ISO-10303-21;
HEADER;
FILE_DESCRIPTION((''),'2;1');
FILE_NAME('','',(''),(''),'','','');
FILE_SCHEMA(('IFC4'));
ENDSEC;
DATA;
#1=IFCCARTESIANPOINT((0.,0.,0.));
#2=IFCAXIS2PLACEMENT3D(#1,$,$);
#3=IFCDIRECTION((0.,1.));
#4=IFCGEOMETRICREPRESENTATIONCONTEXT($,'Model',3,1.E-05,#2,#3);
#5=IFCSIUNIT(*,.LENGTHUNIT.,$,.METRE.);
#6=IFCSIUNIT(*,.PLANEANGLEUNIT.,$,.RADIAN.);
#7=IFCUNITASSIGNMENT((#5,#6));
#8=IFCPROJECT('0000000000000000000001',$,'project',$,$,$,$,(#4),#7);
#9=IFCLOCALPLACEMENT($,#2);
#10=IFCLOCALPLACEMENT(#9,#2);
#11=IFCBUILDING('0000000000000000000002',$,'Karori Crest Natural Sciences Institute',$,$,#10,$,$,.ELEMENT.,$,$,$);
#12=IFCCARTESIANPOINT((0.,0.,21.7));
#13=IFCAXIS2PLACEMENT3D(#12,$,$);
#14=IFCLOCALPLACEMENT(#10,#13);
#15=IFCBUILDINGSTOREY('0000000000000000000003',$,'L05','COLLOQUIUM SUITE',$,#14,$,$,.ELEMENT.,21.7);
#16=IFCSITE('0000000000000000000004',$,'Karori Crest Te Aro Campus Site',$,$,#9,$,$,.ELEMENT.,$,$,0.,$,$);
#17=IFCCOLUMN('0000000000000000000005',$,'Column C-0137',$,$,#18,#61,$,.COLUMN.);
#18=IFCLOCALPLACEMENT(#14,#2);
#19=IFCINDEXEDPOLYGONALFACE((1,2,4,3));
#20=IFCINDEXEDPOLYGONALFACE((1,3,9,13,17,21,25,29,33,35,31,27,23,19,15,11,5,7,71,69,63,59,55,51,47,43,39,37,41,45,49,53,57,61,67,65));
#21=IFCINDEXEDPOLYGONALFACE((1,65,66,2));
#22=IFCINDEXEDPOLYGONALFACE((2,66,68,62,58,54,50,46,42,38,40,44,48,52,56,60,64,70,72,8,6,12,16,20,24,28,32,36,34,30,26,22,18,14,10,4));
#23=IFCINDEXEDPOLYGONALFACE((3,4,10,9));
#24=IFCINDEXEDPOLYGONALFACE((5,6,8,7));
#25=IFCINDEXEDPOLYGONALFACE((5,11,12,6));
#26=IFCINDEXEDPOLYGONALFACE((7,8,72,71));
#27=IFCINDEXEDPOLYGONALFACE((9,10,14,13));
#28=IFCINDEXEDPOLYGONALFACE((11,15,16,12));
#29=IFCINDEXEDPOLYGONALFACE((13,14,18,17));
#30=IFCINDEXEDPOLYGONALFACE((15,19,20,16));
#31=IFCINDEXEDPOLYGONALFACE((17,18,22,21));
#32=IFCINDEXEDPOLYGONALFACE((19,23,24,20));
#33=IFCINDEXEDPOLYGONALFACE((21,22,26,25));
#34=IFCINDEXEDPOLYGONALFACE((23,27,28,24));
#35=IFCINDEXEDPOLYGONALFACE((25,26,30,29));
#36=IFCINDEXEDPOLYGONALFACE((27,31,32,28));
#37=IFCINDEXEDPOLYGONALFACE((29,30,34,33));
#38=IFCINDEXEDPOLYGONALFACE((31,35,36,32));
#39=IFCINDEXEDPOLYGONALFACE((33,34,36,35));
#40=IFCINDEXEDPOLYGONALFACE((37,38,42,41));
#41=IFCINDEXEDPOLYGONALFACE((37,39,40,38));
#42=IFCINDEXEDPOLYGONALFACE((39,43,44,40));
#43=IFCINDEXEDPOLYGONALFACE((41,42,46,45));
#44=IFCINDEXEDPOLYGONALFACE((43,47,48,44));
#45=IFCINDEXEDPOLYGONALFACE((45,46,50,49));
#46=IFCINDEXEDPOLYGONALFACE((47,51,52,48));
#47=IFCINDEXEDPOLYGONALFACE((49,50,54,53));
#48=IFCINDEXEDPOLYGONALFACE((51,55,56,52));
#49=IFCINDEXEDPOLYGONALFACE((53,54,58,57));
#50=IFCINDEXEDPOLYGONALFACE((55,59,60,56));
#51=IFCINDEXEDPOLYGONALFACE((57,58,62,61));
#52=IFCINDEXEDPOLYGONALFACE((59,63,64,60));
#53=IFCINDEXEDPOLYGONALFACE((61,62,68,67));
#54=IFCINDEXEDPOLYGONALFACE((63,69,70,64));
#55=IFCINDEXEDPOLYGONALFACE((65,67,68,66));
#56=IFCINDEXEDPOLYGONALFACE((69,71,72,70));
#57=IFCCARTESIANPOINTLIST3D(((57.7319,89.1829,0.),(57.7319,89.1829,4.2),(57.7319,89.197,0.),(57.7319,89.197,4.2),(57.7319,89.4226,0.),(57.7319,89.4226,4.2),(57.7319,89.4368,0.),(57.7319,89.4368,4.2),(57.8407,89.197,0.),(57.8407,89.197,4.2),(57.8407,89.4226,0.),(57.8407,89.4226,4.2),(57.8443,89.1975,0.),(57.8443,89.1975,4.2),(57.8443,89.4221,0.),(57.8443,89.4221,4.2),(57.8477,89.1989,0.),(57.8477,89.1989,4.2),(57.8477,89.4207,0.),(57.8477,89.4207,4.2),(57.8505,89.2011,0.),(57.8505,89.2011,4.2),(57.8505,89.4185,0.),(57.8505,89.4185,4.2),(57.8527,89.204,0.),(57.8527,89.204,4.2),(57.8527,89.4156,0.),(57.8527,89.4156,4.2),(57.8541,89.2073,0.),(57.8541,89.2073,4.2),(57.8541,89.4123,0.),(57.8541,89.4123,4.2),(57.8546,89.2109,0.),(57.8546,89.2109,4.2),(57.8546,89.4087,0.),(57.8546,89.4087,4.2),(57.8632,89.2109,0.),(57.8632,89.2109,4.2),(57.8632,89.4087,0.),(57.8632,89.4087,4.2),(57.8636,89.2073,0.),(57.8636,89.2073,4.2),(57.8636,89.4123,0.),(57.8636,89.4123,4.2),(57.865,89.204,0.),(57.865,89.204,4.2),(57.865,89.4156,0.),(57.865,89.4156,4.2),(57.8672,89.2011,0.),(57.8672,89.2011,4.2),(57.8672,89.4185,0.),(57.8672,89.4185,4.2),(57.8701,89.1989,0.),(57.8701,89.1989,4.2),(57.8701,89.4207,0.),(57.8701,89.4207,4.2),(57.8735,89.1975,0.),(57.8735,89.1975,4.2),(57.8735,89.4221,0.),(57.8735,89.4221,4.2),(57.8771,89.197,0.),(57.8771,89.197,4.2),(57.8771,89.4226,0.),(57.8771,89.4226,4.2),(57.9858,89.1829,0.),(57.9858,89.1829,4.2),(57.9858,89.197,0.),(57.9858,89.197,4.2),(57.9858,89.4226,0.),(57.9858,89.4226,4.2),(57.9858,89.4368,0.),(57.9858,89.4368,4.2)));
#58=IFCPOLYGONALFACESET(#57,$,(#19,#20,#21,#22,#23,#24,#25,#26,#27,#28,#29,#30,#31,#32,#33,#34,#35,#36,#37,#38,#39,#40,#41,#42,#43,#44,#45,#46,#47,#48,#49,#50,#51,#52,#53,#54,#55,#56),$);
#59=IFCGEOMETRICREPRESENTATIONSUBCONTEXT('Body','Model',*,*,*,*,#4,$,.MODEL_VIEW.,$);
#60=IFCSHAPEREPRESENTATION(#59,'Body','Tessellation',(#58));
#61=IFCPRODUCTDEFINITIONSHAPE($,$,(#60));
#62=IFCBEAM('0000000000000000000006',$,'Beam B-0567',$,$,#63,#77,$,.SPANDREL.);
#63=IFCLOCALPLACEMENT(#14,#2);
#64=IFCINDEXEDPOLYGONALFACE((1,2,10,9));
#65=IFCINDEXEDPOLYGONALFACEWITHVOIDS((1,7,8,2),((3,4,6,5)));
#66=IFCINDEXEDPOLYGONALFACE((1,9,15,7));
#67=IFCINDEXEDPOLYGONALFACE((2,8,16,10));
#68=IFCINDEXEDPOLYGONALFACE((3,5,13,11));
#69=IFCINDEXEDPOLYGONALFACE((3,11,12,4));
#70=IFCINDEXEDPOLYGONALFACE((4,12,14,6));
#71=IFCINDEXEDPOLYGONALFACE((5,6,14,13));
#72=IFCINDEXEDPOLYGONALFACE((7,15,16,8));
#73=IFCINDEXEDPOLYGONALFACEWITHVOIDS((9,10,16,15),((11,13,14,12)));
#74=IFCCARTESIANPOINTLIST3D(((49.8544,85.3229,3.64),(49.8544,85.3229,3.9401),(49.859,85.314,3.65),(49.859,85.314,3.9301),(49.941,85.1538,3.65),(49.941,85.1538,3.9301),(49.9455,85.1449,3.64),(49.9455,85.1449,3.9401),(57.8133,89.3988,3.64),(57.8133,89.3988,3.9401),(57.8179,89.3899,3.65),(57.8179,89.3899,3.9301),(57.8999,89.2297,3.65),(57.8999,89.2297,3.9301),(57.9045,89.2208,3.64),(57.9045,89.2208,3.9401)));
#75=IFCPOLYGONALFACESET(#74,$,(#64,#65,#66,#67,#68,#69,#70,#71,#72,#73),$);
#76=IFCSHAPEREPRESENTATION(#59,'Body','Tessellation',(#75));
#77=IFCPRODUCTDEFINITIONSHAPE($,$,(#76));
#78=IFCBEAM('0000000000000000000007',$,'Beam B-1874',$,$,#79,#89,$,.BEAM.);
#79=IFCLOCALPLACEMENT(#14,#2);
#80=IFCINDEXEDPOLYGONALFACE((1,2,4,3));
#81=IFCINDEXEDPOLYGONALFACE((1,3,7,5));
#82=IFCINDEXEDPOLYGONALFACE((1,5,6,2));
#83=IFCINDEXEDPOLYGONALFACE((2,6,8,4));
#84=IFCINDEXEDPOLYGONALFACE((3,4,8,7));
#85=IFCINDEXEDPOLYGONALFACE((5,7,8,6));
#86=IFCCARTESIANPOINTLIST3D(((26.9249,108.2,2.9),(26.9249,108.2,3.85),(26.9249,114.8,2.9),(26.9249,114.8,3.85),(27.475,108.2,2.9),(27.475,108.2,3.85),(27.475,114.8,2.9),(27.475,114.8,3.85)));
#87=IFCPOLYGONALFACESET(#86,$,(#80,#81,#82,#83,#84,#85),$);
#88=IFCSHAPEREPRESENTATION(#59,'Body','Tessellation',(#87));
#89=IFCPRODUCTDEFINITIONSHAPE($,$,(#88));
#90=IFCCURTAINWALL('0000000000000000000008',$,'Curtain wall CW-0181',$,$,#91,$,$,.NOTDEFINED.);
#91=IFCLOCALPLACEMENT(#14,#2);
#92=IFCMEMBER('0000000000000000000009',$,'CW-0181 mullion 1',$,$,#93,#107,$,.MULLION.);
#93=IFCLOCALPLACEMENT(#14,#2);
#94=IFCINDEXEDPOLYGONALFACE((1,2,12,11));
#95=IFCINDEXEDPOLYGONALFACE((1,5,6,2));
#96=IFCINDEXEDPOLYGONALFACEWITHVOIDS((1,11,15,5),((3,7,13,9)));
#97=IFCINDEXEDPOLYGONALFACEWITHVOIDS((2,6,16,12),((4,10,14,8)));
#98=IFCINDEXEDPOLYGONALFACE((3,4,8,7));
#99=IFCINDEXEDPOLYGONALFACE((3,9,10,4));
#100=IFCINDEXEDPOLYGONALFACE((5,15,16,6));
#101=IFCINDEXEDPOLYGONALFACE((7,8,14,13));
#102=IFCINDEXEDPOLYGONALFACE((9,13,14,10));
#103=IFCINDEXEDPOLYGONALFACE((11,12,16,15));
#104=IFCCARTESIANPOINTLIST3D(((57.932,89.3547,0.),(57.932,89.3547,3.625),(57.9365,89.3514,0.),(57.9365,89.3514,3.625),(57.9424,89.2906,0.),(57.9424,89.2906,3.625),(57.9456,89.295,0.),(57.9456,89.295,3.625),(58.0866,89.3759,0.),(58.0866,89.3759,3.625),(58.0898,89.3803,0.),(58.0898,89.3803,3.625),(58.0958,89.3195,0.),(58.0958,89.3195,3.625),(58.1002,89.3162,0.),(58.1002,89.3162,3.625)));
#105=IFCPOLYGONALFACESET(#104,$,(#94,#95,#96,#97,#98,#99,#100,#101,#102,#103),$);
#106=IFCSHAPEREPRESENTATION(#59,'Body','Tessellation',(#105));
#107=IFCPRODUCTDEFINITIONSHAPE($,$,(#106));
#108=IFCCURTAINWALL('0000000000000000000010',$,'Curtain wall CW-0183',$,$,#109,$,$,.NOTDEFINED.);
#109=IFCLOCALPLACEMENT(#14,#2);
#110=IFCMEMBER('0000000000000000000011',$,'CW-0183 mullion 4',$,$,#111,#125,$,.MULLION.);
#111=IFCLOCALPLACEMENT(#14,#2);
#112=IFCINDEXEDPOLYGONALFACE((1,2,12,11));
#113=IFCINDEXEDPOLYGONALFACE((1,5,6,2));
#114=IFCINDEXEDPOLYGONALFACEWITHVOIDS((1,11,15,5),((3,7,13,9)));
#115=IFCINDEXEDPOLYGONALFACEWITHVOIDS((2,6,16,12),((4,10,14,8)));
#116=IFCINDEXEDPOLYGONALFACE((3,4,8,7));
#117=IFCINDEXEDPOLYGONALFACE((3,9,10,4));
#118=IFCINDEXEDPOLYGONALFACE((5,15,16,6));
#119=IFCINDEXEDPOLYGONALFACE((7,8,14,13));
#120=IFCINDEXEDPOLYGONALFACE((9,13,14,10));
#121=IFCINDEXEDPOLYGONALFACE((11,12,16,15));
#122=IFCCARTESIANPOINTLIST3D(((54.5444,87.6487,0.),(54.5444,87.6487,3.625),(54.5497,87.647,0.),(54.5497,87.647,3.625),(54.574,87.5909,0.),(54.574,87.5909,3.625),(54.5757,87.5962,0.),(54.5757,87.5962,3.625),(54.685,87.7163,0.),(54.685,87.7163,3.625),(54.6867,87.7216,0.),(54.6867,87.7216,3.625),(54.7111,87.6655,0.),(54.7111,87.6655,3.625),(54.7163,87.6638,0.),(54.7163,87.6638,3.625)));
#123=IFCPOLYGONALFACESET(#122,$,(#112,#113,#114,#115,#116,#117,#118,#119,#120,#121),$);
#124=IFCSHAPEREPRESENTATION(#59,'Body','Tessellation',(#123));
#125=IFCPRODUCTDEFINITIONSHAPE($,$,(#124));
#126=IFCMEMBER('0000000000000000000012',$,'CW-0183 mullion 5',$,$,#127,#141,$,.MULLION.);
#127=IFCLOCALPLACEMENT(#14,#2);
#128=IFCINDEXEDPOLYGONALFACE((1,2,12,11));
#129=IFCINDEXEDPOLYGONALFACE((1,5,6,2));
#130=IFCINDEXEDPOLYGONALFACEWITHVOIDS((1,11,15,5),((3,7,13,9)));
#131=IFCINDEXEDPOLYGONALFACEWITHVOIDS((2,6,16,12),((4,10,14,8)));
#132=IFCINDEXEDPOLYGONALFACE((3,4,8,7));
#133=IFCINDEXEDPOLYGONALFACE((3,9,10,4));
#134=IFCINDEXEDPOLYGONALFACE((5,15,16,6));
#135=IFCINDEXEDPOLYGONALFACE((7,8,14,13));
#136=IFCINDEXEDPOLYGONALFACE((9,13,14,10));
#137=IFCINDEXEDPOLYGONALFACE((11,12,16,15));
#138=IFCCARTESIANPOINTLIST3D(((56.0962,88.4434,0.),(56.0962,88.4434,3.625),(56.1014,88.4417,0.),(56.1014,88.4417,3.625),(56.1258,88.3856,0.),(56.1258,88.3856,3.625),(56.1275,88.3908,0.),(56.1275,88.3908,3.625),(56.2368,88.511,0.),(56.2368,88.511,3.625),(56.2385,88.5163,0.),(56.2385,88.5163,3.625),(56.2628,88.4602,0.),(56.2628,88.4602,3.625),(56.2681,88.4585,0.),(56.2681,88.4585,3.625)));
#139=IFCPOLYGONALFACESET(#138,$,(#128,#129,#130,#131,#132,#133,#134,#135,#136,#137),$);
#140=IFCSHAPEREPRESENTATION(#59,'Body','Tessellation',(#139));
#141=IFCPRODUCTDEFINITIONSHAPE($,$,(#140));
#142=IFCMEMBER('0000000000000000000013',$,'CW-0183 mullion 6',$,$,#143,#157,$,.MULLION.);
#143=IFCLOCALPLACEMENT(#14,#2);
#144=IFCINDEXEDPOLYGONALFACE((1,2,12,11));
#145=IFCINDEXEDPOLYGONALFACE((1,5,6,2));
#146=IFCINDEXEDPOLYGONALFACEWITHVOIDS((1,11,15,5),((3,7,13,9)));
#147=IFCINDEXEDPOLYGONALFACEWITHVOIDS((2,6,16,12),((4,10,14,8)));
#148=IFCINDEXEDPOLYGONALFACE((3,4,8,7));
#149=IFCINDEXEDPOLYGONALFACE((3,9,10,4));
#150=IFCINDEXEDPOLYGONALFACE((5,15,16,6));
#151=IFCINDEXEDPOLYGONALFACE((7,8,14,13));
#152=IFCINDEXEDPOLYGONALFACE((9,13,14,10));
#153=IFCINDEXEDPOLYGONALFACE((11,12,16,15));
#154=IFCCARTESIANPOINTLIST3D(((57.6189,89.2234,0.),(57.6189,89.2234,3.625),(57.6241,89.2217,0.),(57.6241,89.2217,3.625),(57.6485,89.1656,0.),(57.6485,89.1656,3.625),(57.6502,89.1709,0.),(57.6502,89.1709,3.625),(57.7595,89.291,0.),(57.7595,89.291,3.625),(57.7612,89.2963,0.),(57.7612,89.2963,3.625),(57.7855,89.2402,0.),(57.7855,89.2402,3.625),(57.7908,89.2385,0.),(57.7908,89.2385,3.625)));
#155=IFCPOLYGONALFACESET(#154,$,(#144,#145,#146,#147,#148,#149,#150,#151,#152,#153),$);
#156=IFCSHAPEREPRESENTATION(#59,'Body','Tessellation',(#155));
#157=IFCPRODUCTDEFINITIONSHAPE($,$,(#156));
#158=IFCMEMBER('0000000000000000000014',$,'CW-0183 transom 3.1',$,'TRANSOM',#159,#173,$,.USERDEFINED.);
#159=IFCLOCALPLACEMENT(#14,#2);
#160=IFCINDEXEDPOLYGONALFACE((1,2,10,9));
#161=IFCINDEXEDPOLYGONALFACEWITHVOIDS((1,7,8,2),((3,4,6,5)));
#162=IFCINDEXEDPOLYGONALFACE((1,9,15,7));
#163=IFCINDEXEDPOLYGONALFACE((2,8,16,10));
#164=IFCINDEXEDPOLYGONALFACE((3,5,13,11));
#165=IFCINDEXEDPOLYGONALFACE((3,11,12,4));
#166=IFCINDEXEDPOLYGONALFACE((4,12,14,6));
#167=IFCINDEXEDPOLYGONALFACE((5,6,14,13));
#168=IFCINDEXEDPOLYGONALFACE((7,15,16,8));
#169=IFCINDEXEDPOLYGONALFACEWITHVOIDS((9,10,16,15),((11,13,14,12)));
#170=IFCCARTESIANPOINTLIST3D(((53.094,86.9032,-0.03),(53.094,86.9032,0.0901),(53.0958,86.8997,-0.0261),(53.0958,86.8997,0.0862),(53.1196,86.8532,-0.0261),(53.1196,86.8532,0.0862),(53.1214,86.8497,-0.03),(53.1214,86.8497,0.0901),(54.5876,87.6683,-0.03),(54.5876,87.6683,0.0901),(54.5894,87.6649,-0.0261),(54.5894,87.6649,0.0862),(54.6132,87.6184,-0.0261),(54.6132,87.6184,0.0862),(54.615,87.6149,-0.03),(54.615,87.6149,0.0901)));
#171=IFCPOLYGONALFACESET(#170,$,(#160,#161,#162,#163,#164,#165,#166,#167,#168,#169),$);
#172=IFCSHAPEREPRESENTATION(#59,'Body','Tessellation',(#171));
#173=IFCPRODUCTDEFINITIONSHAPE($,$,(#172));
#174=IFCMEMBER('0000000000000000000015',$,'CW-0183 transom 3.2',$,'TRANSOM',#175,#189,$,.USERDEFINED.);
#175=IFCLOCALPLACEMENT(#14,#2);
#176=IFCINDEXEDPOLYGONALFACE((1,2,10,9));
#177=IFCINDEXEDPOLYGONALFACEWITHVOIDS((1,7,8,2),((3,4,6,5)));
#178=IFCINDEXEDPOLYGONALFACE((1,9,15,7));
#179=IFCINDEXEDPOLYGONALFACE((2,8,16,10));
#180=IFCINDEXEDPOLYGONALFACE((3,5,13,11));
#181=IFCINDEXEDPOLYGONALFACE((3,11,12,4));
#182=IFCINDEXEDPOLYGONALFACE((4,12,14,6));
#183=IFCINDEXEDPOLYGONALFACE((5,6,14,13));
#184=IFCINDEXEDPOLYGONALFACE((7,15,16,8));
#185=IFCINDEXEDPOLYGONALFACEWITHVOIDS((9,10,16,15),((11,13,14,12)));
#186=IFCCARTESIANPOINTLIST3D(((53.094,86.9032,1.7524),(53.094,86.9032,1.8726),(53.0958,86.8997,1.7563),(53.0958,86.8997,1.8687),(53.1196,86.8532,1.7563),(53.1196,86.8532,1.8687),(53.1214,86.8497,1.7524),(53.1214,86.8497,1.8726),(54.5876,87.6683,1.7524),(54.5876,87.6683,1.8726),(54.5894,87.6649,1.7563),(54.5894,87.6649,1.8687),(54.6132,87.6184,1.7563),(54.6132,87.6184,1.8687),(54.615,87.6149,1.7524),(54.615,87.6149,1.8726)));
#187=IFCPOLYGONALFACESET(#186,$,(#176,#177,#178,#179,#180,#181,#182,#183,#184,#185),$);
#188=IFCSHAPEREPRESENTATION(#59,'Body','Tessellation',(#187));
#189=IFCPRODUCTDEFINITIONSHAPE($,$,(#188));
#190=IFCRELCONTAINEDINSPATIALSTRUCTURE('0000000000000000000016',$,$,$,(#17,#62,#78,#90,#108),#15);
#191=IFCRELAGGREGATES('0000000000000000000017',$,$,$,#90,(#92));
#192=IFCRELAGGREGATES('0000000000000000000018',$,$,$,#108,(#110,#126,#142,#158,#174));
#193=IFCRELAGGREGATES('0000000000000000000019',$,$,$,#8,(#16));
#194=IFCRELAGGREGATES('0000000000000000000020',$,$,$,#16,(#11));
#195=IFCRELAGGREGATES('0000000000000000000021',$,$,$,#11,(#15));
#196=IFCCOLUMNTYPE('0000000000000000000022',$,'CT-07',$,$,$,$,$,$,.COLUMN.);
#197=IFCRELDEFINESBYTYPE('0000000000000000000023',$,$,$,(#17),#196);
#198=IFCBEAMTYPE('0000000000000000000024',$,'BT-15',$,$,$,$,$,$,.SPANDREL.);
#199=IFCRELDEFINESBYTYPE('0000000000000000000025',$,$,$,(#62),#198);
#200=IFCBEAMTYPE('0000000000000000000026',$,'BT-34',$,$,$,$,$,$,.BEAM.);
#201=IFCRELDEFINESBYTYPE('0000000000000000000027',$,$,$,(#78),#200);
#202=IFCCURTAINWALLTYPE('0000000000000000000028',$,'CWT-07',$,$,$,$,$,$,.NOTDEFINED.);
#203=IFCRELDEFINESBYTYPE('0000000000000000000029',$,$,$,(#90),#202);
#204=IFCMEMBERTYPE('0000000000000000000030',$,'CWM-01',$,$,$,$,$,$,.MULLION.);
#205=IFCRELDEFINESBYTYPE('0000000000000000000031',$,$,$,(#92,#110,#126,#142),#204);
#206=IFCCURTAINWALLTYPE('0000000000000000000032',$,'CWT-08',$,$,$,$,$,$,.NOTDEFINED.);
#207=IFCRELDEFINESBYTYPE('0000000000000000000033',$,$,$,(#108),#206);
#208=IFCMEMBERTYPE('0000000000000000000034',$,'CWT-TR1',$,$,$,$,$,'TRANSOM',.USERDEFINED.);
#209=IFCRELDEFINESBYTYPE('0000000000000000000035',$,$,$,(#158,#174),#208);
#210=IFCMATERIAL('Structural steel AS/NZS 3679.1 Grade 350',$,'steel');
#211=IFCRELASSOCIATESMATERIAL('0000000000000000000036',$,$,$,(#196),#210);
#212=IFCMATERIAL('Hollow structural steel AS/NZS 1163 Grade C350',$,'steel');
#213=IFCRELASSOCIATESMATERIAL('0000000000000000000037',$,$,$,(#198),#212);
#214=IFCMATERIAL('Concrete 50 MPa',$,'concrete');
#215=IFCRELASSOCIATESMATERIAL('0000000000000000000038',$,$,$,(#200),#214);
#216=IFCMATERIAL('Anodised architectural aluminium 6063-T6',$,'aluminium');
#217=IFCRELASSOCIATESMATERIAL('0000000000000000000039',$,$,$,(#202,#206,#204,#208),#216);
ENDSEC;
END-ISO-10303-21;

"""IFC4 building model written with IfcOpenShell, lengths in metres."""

from ifc_helpers import new_model, si_unit, direction, frame, origin, origin_2d, place, context, subcontext, project, spatial, rectangle, hollow_rectangle, i_section, extrude, material, material_profile, profile_set, type_object, element, aggregate, save


model = new_model("IFC4")

# Units and contexts
model_context = context("Model", 3, precision=1e-05, world=origin(), true_north=direction((0.0, 1.0)))
body_context = subcontext(model_context, "Body", "Model", "MODEL_VIEW")
ifc_project = project(units=[si_unit("LENGTHUNIT", "METRE"), si_unit("PLANEANGLEUNIT", "RADIAN")], contexts=[model_context])

# Site, building, storey
site_placement = place(None, origin())
site = spatial("IfcSite", under=ifc_project, at=site_placement, Name="Karori Crest Te Aro Campus Site", CompositionType="ELEMENT", RefElevation=0.0)
building_placement = place(site_placement, origin())
building = spatial("IfcBuilding", under=site, at=building_placement, Name="Karori Crest Natural Sciences Institute", CompositionType="ELEMENT")
storey_placement = place(building_placement, frame((0.0, 0.0, 21.7)))
storey = spatial("IfcBuildingStorey", under=building, at=storey_placement, Name="L05", Description="COLLOQUIUM SUITE", CompositionType="ELEMENT", Elevation=21.7)

# Column
ifc_material_1 = material(Name="Structural steel AS/NZS 3679.1 Grade 350", Category="steel")
ifc_material_profile_1 = material_profile(ifc_material_1, i_section(OverallWidth=0.2539, OverallDepth=0.2539, WebThickness=0.0085, FlangeThickness=0.0142, FilletRadius=0.0139, at=origin_2d()), Name="250UC72.9")
ifc_profile_set_1 = profile_set([ifc_material_profile_1], Name="Structural steel AS/NZS 3679.1 Grade 350")
column_type = type_object("IfcColumnType", Name="CT-07", PredefinedType="COLUMN", material=ifc_profile_set_1)
column_placement = place(storey_placement, frame((57.8589, 89.3098, 0.0), z_axis=(0.0, 0.0, 1.0), x_axis=(1.0, 0.0, 0.0)))
element("IfcColumn", 1, at=column_placement, inside=storey, type_object=column_type, Name="Column C-0137", PredefinedType="COLUMN", context=body_context, shape_type="SweptSolid", body=[
    extrude(i_section(OverallWidth=0.2539, OverallDepth=0.2539, WebThickness=0.0085, FlangeThickness=0.0142, FilletRadius=0.0139, at=origin_2d()), origin(), (0.0, 0.0, 1.0), 4.2),
])

# Beams
ifc_material_2 = material(Name="Hollow structural steel AS/NZS 1163 Grade C350", Category="steel")
ifc_material_profile_2 = material_profile(ifc_material_2, hollow_rectangle(XDim=0.2, YDim=0.3, WallThickness=0.01, at=origin_2d()), Name="RHS300x200x10")
ifc_profile_set_2 = profile_set([ifc_material_profile_2], Name="Hollow structural steel AS/NZS 1163 Grade C350")
beam_type_1 = type_object("IfcBeamType", Name="BT-15", PredefinedType="SPANDREL", material=ifc_profile_set_2)
beam_1_placement = place(storey_placement, frame((57.8589, 89.3098, 3.79), z_axis=(-0.890072, -0.45582, 0.0), x_axis=(0.45582, -0.890072, 0.0)))
element("IfcBeam", 2, at=beam_1_placement, inside=storey, type_object=beam_type_1, Name="Beam B-0567", PredefinedType="SPANDREL", context=body_context, shape_type="SweptSolid", body=[
    extrude(hollow_rectangle(XDim=0.2, YDim=0.3, WallThickness=0.01, at=origin_2d()), origin(), (0.0, 0.0, 1.0), 8.9419),
])
ifc_material_3 = material(Name="Concrete 50 MPa", Category="concrete")
ifc_material_profile_3 = material_profile(ifc_material_3, rectangle(XDim=0.55, YDim=0.95, at=origin_2d()), Name="RCB550x950")
ifc_profile_set_3 = profile_set([ifc_material_profile_3], Name="Concrete 50 MPa")
beam_type_2 = type_object("IfcBeamType", Name="BT-34", PredefinedType="BEAM", material=ifc_profile_set_3)
beam_2_placement = place(storey_placement, frame((27.2, 108.2, 3.375), z_axis=(0.0, 1.0, 0.0), x_axis=(-1.0, 0.0, 0.0)))
element("IfcBeam", 3, at=beam_2_placement, inside=storey, type_object=beam_type_2, Name="Beam B-1874", PredefinedType="BEAM", context=body_context, shape_type="SweptSolid", body=[
    extrude(rectangle(XDim=0.55, YDim=0.95, at=origin_2d()), origin(), (0.0, 0.0, 1.0), 6.6001),
])

# Curtain wall, member
ifc_material_4 = material(Name="Anodised architectural aluminium 6063-T6", Category="aluminium")
curtain_wall_type_1 = type_object("IfcCurtainWallType", Name="CWT-07", PredefinedType="NOTDEFINED", material=ifc_material_4)
curtain_wall_1_placement = place(storey_placement, origin())
curtain_wall_1 = element("IfcCurtainWall", 4, at=curtain_wall_1_placement, inside=storey, type_object=curtain_wall_type_1, Name="Curtain wall CW-0181", PredefinedType="NOTDEFINED")
ifc_material_profile_4 = material_profile(ifc_material_4, hollow_rectangle(XDim=0.0649, YDim=0.1599, WallThickness=0.0039, at=origin_2d()), Name="CWM160x65x4")
ifc_profile_set_4 = profile_set([ifc_material_profile_4], Name="Anodised architectural aluminium 6063-T6")
member_type_1 = type_object("IfcMemberType", Name="CWM-01", PredefinedType="MULLION", material=ifc_profile_set_4)
member_1_placement = place(storey_placement, frame((58.0161, 89.3354, 0.0), z_axis=(0.0, 0.0, 1.0), x_axis=(-0.16065, 0.987011, 0.0)))
member_1 = element("IfcMember", 5, at=member_1_placement, type_object=member_type_1, Name="CW-0181 mullion 1", PredefinedType="MULLION", context=body_context, shape_type="SweptSolid", body=[
    extrude(hollow_rectangle(XDim=0.0649, YDim=0.1599, WallThickness=0.0039, at=origin_2d()), origin(), (0.0, 0.0, 1.0), 3.625),
])

# Curtain wall, members
curtain_wall_type_2 = type_object("IfcCurtainWallType", Name="CWT-08", PredefinedType="NOTDEFINED", material=ifc_material_4)
curtain_wall_2_placement = place(storey_placement, origin())
curtain_wall_2 = element("IfcCurtainWall", 6, at=curtain_wall_2_placement, inside=storey, type_object=curtain_wall_type_2, Name="Curtain wall CW-0183", PredefinedType="NOTDEFINED")
member_2_placement = place(storey_placement, frame((54.6304, 87.6562, 0.0), z_axis=(0.0, 0.0, 1.0), x_axis=(-0.455829, 0.890067, 0.0)))
member_2 = element("IfcMember", 7, at=member_2_placement, type_object=member_type_1, Name="CW-0183 mullion 4", PredefinedType="MULLION", context=body_context, shape_type="SweptSolid", body=[
    extrude(hollow_rectangle(XDim=0.0649, YDim=0.1599, WallThickness=0.0039, at=origin_2d()), origin(), (0.0, 0.0, 1.0), 3.625),
])
member_3_placement = place(storey_placement, frame((56.1821, 88.4509, 0.0), z_axis=(0.0, 0.0, 1.0), x_axis=(-0.455829, 0.890067, 0.0)))
member_3 = element("IfcMember", 8, at=member_3_placement, type_object=member_type_1, Name="CW-0183 mullion 5", PredefinedType="MULLION", context=body_context, shape_type="SweptSolid", body=[
    extrude(hollow_rectangle(XDim=0.0649, YDim=0.1599, WallThickness=0.0039, at=origin_2d()), origin(), (0.0, 0.0, 1.0), 3.625),
])
member_4_placement = place(storey_placement, frame((57.7048, 89.231, 0.0), z_axis=(0.0, 0.0, 1.0), x_axis=(-0.455829, 0.890067, 0.0)))
member_4 = element("IfcMember", 9, at=member_4_placement, type_object=member_type_1, Name="CW-0183 mullion 6", PredefinedType="MULLION", context=body_context, shape_type="SweptSolid", body=[
    extrude(hollow_rectangle(XDim=0.0649, YDim=0.1599, WallThickness=0.0039, at=origin_2d()), origin(), (0.0, 0.0, 1.0), 3.625),
])
ifc_material_profile_5 = material_profile(ifc_material_4, hollow_rectangle(XDim=0.0601, YDim=0.1201, WallThickness=0.0039, at=origin_2d()), Name="CWT120x60x4")
ifc_profile_set_5 = profile_set([ifc_material_profile_5], Name="Anodised architectural aluminium 6063-T6")
member_type_2 = type_object("IfcMemberType", Name="CWT-TR1", ElementType="TRANSOM", PredefinedType="USERDEFINED", material=ifc_profile_set_5)
member_5_placement = place(storey_placement, frame((53.1077, 86.8765, 0.03), z_axis=(0.89002, 0.455921, 0.0), x_axis=(-0.455921, 0.89002, 0.0)))
member_5 = element("IfcMember", 10, at=member_5_placement, type_object=member_type_2, Name="CW-0183 transom 3.1", ObjectType="TRANSOM", PredefinedType="USERDEFINED", context=body_context, shape_type="SweptSolid", body=[
    extrude(hollow_rectangle(XDim=0.0601, YDim=0.1201, WallThickness=0.0039, at=origin_2d()), origin(), (0.0, 0.0, 1.0), 1.6782),
])
member_6_placement = place(storey_placement, frame((53.1077, 86.8765, 1.8125), z_axis=(0.89002, 0.455921, 0.0), x_axis=(-0.455921, 0.89002, 0.0)))
member_6 = element("IfcMember", 11, at=member_6_placement, type_object=member_type_2, Name="CW-0183 transom 3.2", ObjectType="TRANSOM", PredefinedType="USERDEFINED", context=body_context, shape_type="SweptSolid", body=[
    extrude(hollow_rectangle(XDim=0.0601, YDim=0.1201, WallThickness=0.0039, at=origin_2d()), origin(), (0.0, 0.0, 1.0), 1.6782),
])

aggregate(curtain_wall_1, [member_1])
aggregate(curtain_wall_2, [member_2, member_3, member_4, member_5, member_6])

save(model, "model.ifc")
